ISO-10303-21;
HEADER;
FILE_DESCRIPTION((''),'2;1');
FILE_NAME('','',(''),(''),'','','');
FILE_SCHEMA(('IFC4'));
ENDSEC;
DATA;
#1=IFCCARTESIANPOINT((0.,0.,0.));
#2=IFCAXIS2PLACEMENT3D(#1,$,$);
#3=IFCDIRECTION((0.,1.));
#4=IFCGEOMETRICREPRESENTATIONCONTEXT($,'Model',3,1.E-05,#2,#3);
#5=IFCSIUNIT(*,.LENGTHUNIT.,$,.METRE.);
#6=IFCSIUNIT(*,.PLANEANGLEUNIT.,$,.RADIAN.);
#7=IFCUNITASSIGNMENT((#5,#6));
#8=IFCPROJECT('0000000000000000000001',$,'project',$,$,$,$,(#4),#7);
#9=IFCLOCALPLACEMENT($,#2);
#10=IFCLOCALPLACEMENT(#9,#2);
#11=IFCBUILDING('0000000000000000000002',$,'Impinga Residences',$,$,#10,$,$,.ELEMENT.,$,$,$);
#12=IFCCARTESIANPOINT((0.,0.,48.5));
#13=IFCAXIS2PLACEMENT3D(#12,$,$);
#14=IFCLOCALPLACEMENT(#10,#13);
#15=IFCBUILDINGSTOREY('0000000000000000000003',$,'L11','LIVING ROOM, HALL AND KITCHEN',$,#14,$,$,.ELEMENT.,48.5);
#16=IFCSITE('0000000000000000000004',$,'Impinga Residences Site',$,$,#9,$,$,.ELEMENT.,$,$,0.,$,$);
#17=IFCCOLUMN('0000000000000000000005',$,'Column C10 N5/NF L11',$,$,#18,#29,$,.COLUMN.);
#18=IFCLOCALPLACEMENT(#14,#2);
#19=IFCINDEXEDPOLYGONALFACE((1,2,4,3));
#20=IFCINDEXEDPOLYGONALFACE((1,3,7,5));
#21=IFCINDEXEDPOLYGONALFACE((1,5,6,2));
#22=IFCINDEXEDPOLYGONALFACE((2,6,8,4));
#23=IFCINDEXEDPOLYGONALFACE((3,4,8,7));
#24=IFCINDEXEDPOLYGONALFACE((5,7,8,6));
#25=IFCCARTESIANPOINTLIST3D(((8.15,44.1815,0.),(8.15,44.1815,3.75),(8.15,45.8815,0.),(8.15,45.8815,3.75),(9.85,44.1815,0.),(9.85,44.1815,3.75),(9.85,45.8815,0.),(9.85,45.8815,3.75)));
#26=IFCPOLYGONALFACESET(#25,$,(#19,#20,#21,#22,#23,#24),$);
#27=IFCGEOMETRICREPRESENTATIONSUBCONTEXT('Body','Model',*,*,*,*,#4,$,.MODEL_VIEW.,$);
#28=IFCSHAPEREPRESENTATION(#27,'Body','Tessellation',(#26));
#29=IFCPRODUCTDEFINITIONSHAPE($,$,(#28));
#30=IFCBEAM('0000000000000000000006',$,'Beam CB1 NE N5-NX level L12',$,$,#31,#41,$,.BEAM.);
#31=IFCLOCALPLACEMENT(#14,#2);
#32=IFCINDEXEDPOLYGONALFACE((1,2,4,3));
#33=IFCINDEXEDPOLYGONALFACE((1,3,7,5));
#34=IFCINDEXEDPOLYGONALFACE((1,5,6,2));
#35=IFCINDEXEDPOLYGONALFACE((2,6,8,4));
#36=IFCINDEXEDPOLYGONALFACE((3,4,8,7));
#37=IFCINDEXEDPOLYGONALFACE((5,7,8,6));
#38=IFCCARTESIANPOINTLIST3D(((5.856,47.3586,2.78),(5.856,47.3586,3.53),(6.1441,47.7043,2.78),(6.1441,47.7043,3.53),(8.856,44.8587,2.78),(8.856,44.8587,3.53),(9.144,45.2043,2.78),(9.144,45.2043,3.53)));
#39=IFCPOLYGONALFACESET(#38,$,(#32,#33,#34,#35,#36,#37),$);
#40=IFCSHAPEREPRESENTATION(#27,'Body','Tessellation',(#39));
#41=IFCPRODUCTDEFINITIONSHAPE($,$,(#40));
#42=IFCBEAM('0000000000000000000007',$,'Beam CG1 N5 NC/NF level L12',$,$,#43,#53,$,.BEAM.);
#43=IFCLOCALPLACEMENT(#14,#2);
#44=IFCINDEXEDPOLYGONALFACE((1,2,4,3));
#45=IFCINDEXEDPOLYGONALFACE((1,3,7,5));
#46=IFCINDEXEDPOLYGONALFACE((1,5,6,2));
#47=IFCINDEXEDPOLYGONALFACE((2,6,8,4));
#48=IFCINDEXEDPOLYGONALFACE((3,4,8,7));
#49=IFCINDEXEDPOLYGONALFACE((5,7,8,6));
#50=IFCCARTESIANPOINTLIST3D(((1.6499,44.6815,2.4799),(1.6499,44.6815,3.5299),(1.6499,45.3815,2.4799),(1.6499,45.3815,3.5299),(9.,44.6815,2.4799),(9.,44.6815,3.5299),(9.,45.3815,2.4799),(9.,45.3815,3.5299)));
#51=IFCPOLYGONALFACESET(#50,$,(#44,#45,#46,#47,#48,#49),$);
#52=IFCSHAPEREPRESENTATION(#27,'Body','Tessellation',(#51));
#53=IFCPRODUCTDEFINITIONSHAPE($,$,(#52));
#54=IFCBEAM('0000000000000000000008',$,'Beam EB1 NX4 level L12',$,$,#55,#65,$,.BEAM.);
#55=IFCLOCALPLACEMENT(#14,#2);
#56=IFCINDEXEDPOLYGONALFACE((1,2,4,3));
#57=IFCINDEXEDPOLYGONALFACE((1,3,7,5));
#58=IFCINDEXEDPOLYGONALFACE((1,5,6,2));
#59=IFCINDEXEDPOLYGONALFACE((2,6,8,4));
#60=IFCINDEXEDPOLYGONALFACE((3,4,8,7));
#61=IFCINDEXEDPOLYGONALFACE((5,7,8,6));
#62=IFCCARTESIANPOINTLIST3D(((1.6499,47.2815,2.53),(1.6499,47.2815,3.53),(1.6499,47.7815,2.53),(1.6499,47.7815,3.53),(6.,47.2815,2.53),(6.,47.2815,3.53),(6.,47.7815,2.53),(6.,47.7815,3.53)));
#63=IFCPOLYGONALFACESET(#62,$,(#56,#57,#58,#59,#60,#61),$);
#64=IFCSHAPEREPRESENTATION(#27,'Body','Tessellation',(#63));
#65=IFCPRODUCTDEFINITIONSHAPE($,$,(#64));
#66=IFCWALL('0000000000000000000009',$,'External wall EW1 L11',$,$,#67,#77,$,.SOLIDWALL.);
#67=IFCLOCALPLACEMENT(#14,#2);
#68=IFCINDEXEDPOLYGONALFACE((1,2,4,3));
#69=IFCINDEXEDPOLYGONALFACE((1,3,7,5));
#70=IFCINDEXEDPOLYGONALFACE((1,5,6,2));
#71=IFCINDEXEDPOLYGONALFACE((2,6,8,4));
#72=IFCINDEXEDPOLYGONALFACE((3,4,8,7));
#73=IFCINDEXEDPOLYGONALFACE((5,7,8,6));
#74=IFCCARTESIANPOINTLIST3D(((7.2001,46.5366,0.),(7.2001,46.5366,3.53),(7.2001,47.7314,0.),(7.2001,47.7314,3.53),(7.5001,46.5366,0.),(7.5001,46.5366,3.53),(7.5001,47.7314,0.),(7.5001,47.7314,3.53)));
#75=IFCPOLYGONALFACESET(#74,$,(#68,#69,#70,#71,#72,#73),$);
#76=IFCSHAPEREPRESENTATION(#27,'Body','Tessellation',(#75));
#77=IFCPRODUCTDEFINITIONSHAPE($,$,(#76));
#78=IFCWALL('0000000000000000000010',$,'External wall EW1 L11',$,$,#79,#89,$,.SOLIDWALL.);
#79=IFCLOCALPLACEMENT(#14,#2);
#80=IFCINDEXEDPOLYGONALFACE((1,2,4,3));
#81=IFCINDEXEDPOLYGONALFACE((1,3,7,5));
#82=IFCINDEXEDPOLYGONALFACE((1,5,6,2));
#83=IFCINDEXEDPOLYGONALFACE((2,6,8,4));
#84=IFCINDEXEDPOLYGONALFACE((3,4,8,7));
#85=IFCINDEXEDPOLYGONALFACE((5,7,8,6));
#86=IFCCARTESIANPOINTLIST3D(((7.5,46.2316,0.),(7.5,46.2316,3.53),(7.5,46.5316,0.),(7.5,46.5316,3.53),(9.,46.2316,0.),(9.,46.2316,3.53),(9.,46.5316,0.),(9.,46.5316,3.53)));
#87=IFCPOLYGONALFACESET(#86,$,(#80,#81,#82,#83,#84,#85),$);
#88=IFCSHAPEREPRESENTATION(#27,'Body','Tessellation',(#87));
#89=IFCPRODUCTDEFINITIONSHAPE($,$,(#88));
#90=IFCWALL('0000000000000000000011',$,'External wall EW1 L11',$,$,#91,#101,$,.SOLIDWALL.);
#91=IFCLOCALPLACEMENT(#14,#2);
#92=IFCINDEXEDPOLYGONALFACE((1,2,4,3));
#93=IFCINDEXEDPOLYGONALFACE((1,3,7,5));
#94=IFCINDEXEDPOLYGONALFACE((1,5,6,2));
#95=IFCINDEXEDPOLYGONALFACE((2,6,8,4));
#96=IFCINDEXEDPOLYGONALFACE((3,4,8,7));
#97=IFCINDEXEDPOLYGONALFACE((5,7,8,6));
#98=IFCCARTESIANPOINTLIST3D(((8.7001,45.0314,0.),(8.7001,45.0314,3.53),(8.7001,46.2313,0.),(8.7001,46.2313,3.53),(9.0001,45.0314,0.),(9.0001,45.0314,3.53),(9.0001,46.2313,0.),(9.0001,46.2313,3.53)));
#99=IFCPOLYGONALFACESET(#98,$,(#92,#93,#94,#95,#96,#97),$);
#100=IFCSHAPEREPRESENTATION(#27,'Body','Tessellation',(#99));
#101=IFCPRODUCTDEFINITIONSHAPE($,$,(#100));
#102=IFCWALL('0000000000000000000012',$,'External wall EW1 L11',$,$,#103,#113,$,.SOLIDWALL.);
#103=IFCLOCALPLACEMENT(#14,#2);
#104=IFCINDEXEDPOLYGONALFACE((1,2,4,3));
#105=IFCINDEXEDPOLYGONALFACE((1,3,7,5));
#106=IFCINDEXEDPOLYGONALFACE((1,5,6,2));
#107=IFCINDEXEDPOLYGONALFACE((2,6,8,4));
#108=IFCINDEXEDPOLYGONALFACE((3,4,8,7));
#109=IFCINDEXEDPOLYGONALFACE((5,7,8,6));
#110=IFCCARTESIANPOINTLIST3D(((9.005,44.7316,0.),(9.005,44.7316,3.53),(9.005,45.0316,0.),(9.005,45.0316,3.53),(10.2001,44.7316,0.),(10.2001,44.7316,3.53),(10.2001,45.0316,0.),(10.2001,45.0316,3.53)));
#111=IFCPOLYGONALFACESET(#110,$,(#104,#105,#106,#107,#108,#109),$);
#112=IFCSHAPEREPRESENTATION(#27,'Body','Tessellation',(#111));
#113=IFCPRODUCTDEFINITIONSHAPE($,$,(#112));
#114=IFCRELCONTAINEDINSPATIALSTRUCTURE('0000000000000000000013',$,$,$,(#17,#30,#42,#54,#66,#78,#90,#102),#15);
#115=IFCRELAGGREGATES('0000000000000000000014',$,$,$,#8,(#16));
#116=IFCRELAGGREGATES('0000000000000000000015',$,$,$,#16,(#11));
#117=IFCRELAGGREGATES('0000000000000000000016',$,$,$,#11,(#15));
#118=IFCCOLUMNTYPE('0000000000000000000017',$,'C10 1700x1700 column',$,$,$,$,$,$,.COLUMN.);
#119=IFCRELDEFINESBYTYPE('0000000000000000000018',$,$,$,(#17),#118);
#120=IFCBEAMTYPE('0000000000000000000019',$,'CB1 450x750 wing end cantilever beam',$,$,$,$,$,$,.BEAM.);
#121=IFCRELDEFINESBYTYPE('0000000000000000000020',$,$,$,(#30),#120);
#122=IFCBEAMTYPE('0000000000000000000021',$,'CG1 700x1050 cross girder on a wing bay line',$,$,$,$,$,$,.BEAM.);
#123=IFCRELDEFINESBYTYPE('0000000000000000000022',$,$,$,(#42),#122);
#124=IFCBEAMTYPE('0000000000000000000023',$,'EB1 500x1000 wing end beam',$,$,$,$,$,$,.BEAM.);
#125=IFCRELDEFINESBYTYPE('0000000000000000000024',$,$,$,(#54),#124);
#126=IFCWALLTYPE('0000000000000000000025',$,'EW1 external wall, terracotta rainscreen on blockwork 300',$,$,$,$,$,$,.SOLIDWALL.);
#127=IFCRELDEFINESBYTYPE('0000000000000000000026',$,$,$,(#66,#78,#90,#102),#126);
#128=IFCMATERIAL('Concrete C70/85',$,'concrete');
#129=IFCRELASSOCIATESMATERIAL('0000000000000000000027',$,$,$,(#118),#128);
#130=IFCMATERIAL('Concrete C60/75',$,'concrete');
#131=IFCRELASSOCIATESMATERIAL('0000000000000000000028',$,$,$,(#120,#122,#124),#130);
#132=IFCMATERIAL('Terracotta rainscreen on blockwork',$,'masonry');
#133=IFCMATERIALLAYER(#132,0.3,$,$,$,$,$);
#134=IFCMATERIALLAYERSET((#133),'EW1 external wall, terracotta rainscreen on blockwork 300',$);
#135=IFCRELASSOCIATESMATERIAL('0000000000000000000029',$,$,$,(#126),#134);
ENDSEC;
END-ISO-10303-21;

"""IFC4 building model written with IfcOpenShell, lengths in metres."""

from ifc_helpers import new_model, si_unit, direction, frame, frame_2d, origin, origin_2d, place, context, subcontext, project, spatial, rectangle, extrude, material, layer, layer_set, material_profile, profile_set, type_object, element, save


model = new_model("IFC4")

# Units and contexts
model_context = context("Model", 3, precision=1e-05, world=origin(), true_north=direction((0.0, 1.0)))
body_context = subcontext(model_context, "Body", "Model", "MODEL_VIEW")
ifc_project = project(units=[si_unit("LENGTHUNIT", "METRE"), si_unit("PLANEANGLEUNIT", "RADIAN")], contexts=[model_context])

# Site, building, storey
site_placement = place(None, origin())
site = spatial("IfcSite", under=ifc_project, at=site_placement, Name="Impinga Residences Site", CompositionType="ELEMENT", RefElevation=0.0)
building_placement = place(site_placement, origin())
building = spatial("IfcBuilding", under=site, at=building_placement, Name="Impinga Residences", CompositionType="ELEMENT")
storey_placement = place(building_placement, frame((0.0, 0.0, 48.5)))
storey = spatial("IfcBuildingStorey", under=building, at=storey_placement, Name="L11", Description="LIVING ROOM, HALL AND KITCHEN", CompositionType="ELEMENT", Elevation=48.5)

# Column
ifc_material_1 = material(Name="Concrete C70/85", Category="concrete")
ifc_material_profile_1 = material_profile(ifc_material_1, rectangle(XDim=1.7, YDim=1.7, at=origin_2d()), Name="RC 1700x1700")
ifc_profile_set_1 = profile_set([ifc_material_profile_1], Name="Concrete C70/85")
column_type = type_object("IfcColumnType", Name="C10 1700x1700 column", PredefinedType="COLUMN", material=ifc_profile_set_1)
column_placement = place(storey_placement, frame((9.0, 45.0315, 0.0), z_axis=(0.0, 0.0, 1.0), x_axis=(1.0, 0.0, 0.0)))
element("IfcColumn", 1, at=column_placement, inside=storey, type_object=column_type, Name="Column C10 N5/NF L11", PredefinedType="COLUMN", context=body_context, shape_type="SweptSolid", body=[
    extrude(rectangle(XDim=1.7, YDim=1.7, at=origin_2d()), origin(), (0.0, 0.0, 1.0), 3.75),
])

# Beams
ifc_material_2 = material(Name="Concrete C60/75", Category="concrete")
ifc_material_profile_2 = material_profile(ifc_material_2, rectangle(XDim=0.45, YDim=0.75, at=origin_2d()), Name="RC 450x750")
ifc_profile_set_2 = profile_set([ifc_material_profile_2], Name="Concrete C60/75")
beam_type_1 = type_object("IfcBeamType", Name="CB1 450x750 wing end cantilever beam", PredefinedType="BEAM", material=ifc_profile_set_2)
beam_1_placement = place(storey_placement, frame((9.0, 45.0315, 3.155), z_axis=(-0.768221, 0.640184, 0.0), x_axis=(-0.640184, -0.768221, 0.0)))
element("IfcBeam", 2, at=beam_1_placement, inside=storey, type_object=beam_type_1, Name="Beam CB1 NE N5-NX level L12", PredefinedType="BEAM", context=body_context, shape_type="SweptSolid", body=[
    extrude(rectangle(XDim=0.45, YDim=0.75, at=origin_2d()), origin(), (0.0, 0.0, 1.0), 3.905),
])
ifc_material_profile_3 = material_profile(ifc_material_2, rectangle(XDim=0.7, YDim=1.05, at=origin_2d()), Name="RC 700x1050")
ifc_profile_set_3 = profile_set([ifc_material_profile_3], Name="Concrete C60/75")
beam_type_2 = type_object("IfcBeamType", Name="CG1 700x1050 cross girder on a wing bay line", PredefinedType="BEAM", material=ifc_profile_set_3)
beam_2_placement = place(storey_placement, frame((1.6499, 45.0315, 3.0049), z_axis=(1.0, 0.0, 0.0), x_axis=(0.0, 1.0, 0.0)))
element("IfcBeam", 3, at=beam_2_placement, inside=storey, type_object=beam_type_2, Name="Beam CG1 N5 NC/NF level L12", PredefinedType="BEAM", context=body_context, shape_type="SweptSolid", body=[
    extrude(rectangle(XDim=0.7, YDim=1.05, at=origin_2d()), origin(), (0.0, 0.0, 1.0), 7.3501),
])
ifc_material_profile_4 = material_profile(ifc_material_2, rectangle(XDim=0.5, YDim=1.0, at=origin_2d()), Name="RC 500x1000")
ifc_profile_set_4 = profile_set([ifc_material_profile_4], Name="Concrete C60/75")
beam_type_3 = type_object("IfcBeamType", Name="EB1 500x1000 wing end beam", PredefinedType="BEAM", material=ifc_profile_set_4)
beam_3_placement = place(storey_placement, frame((1.6499, 47.5315, 3.03), z_axis=(1.0, 0.0, 0.0), x_axis=(0.0, 1.0, 0.0)))
element("IfcBeam", 4, at=beam_3_placement, inside=storey, type_object=beam_type_3, Name="Beam EB1 NX4 level L12", PredefinedType="BEAM", context=body_context, shape_type="SweptSolid", body=[
    extrude(rectangle(XDim=0.5, YDim=1.0, at=origin_2d()), origin(), (0.0, 0.0, 1.0), 4.3501),
])

# Walls
ifc_material_3 = material(Name="Terracotta rainscreen on blockwork", Category="masonry")
ifc_layer_1 = layer(ifc_material_3, 0.3)
ifc_layer_set_1 = layer_set([ifc_layer_1], Name="EW1 external wall, terracotta rainscreen on blockwork 300")
wall_type_1 = type_object("IfcWallType", Name="EW1 external wall, terracotta rainscreen on blockwork 300", PredefinedType="SOLIDWALL", material=ifc_layer_set_1)
wall_1_placement = place(storey_placement, frame((7.3501, 47.7314, 0.0), z_axis=(0.0, 0.0, 1.0), x_axis=(0.0, -1.0, 0.0)))
element("IfcWall", 5, at=wall_1_placement, inside=storey, type_object=wall_type_1, Name="External wall EW1 L11", PredefinedType="SOLIDWALL", context=body_context, shape_type="SweptSolid", body=[
    extrude(rectangle(XDim=1.1948, YDim=0.3, at=frame_2d((0.5974, 0.0))), origin(), (0.0, 0.0, 1.0), 3.53),
])
wall_2_placement = place(storey_placement, frame((7.5, 46.3816, 0.0), z_axis=(0.0, 0.0, 1.0), x_axis=(1.0, 0.0, 0.0)))
element("IfcWall", 6, at=wall_2_placement, inside=storey, type_object=wall_type_1, Name="External wall EW1 L11", PredefinedType="SOLIDWALL", context=body_context, shape_type="SweptSolid", body=[
    extrude(rectangle(XDim=1.5, YDim=0.3, at=frame_2d((0.75, 0.0))), origin(), (0.0, 0.0, 1.0), 3.53),
])
wall_3_placement = place(storey_placement, frame((8.8501, 46.2314, 0.0), z_axis=(0.0, 0.0, 1.0), x_axis=(0.0, -1.0, 0.0)))
element("IfcWall", 7, at=wall_3_placement, inside=storey, type_object=wall_type_1, Name="External wall EW1 L11", PredefinedType="SOLIDWALL", context=body_context, shape_type="SweptSolid", body=[
    extrude(rectangle(XDim=1.2, YDim=0.3, at=frame_2d((0.6001, 0.0))), origin(), (0.0, 0.0, 1.0), 3.53),
])
wall_4_placement = place(storey_placement, frame((9.0049, 44.8816, 0.0), z_axis=(0.0, 0.0, 1.0), x_axis=(1.0, 0.0, 0.0)))
element("IfcWall", 8, at=wall_4_placement, inside=storey, type_object=wall_type_1, Name="External wall EW1 L11", PredefinedType="SOLIDWALL", context=body_context, shape_type="SweptSolid", body=[
    extrude(rectangle(XDim=1.1951, YDim=0.3, at=frame_2d((0.5977, 0.0))), origin(), (0.0, 0.0, 1.0), 3.53),
])

save(model, "model.ifc")
